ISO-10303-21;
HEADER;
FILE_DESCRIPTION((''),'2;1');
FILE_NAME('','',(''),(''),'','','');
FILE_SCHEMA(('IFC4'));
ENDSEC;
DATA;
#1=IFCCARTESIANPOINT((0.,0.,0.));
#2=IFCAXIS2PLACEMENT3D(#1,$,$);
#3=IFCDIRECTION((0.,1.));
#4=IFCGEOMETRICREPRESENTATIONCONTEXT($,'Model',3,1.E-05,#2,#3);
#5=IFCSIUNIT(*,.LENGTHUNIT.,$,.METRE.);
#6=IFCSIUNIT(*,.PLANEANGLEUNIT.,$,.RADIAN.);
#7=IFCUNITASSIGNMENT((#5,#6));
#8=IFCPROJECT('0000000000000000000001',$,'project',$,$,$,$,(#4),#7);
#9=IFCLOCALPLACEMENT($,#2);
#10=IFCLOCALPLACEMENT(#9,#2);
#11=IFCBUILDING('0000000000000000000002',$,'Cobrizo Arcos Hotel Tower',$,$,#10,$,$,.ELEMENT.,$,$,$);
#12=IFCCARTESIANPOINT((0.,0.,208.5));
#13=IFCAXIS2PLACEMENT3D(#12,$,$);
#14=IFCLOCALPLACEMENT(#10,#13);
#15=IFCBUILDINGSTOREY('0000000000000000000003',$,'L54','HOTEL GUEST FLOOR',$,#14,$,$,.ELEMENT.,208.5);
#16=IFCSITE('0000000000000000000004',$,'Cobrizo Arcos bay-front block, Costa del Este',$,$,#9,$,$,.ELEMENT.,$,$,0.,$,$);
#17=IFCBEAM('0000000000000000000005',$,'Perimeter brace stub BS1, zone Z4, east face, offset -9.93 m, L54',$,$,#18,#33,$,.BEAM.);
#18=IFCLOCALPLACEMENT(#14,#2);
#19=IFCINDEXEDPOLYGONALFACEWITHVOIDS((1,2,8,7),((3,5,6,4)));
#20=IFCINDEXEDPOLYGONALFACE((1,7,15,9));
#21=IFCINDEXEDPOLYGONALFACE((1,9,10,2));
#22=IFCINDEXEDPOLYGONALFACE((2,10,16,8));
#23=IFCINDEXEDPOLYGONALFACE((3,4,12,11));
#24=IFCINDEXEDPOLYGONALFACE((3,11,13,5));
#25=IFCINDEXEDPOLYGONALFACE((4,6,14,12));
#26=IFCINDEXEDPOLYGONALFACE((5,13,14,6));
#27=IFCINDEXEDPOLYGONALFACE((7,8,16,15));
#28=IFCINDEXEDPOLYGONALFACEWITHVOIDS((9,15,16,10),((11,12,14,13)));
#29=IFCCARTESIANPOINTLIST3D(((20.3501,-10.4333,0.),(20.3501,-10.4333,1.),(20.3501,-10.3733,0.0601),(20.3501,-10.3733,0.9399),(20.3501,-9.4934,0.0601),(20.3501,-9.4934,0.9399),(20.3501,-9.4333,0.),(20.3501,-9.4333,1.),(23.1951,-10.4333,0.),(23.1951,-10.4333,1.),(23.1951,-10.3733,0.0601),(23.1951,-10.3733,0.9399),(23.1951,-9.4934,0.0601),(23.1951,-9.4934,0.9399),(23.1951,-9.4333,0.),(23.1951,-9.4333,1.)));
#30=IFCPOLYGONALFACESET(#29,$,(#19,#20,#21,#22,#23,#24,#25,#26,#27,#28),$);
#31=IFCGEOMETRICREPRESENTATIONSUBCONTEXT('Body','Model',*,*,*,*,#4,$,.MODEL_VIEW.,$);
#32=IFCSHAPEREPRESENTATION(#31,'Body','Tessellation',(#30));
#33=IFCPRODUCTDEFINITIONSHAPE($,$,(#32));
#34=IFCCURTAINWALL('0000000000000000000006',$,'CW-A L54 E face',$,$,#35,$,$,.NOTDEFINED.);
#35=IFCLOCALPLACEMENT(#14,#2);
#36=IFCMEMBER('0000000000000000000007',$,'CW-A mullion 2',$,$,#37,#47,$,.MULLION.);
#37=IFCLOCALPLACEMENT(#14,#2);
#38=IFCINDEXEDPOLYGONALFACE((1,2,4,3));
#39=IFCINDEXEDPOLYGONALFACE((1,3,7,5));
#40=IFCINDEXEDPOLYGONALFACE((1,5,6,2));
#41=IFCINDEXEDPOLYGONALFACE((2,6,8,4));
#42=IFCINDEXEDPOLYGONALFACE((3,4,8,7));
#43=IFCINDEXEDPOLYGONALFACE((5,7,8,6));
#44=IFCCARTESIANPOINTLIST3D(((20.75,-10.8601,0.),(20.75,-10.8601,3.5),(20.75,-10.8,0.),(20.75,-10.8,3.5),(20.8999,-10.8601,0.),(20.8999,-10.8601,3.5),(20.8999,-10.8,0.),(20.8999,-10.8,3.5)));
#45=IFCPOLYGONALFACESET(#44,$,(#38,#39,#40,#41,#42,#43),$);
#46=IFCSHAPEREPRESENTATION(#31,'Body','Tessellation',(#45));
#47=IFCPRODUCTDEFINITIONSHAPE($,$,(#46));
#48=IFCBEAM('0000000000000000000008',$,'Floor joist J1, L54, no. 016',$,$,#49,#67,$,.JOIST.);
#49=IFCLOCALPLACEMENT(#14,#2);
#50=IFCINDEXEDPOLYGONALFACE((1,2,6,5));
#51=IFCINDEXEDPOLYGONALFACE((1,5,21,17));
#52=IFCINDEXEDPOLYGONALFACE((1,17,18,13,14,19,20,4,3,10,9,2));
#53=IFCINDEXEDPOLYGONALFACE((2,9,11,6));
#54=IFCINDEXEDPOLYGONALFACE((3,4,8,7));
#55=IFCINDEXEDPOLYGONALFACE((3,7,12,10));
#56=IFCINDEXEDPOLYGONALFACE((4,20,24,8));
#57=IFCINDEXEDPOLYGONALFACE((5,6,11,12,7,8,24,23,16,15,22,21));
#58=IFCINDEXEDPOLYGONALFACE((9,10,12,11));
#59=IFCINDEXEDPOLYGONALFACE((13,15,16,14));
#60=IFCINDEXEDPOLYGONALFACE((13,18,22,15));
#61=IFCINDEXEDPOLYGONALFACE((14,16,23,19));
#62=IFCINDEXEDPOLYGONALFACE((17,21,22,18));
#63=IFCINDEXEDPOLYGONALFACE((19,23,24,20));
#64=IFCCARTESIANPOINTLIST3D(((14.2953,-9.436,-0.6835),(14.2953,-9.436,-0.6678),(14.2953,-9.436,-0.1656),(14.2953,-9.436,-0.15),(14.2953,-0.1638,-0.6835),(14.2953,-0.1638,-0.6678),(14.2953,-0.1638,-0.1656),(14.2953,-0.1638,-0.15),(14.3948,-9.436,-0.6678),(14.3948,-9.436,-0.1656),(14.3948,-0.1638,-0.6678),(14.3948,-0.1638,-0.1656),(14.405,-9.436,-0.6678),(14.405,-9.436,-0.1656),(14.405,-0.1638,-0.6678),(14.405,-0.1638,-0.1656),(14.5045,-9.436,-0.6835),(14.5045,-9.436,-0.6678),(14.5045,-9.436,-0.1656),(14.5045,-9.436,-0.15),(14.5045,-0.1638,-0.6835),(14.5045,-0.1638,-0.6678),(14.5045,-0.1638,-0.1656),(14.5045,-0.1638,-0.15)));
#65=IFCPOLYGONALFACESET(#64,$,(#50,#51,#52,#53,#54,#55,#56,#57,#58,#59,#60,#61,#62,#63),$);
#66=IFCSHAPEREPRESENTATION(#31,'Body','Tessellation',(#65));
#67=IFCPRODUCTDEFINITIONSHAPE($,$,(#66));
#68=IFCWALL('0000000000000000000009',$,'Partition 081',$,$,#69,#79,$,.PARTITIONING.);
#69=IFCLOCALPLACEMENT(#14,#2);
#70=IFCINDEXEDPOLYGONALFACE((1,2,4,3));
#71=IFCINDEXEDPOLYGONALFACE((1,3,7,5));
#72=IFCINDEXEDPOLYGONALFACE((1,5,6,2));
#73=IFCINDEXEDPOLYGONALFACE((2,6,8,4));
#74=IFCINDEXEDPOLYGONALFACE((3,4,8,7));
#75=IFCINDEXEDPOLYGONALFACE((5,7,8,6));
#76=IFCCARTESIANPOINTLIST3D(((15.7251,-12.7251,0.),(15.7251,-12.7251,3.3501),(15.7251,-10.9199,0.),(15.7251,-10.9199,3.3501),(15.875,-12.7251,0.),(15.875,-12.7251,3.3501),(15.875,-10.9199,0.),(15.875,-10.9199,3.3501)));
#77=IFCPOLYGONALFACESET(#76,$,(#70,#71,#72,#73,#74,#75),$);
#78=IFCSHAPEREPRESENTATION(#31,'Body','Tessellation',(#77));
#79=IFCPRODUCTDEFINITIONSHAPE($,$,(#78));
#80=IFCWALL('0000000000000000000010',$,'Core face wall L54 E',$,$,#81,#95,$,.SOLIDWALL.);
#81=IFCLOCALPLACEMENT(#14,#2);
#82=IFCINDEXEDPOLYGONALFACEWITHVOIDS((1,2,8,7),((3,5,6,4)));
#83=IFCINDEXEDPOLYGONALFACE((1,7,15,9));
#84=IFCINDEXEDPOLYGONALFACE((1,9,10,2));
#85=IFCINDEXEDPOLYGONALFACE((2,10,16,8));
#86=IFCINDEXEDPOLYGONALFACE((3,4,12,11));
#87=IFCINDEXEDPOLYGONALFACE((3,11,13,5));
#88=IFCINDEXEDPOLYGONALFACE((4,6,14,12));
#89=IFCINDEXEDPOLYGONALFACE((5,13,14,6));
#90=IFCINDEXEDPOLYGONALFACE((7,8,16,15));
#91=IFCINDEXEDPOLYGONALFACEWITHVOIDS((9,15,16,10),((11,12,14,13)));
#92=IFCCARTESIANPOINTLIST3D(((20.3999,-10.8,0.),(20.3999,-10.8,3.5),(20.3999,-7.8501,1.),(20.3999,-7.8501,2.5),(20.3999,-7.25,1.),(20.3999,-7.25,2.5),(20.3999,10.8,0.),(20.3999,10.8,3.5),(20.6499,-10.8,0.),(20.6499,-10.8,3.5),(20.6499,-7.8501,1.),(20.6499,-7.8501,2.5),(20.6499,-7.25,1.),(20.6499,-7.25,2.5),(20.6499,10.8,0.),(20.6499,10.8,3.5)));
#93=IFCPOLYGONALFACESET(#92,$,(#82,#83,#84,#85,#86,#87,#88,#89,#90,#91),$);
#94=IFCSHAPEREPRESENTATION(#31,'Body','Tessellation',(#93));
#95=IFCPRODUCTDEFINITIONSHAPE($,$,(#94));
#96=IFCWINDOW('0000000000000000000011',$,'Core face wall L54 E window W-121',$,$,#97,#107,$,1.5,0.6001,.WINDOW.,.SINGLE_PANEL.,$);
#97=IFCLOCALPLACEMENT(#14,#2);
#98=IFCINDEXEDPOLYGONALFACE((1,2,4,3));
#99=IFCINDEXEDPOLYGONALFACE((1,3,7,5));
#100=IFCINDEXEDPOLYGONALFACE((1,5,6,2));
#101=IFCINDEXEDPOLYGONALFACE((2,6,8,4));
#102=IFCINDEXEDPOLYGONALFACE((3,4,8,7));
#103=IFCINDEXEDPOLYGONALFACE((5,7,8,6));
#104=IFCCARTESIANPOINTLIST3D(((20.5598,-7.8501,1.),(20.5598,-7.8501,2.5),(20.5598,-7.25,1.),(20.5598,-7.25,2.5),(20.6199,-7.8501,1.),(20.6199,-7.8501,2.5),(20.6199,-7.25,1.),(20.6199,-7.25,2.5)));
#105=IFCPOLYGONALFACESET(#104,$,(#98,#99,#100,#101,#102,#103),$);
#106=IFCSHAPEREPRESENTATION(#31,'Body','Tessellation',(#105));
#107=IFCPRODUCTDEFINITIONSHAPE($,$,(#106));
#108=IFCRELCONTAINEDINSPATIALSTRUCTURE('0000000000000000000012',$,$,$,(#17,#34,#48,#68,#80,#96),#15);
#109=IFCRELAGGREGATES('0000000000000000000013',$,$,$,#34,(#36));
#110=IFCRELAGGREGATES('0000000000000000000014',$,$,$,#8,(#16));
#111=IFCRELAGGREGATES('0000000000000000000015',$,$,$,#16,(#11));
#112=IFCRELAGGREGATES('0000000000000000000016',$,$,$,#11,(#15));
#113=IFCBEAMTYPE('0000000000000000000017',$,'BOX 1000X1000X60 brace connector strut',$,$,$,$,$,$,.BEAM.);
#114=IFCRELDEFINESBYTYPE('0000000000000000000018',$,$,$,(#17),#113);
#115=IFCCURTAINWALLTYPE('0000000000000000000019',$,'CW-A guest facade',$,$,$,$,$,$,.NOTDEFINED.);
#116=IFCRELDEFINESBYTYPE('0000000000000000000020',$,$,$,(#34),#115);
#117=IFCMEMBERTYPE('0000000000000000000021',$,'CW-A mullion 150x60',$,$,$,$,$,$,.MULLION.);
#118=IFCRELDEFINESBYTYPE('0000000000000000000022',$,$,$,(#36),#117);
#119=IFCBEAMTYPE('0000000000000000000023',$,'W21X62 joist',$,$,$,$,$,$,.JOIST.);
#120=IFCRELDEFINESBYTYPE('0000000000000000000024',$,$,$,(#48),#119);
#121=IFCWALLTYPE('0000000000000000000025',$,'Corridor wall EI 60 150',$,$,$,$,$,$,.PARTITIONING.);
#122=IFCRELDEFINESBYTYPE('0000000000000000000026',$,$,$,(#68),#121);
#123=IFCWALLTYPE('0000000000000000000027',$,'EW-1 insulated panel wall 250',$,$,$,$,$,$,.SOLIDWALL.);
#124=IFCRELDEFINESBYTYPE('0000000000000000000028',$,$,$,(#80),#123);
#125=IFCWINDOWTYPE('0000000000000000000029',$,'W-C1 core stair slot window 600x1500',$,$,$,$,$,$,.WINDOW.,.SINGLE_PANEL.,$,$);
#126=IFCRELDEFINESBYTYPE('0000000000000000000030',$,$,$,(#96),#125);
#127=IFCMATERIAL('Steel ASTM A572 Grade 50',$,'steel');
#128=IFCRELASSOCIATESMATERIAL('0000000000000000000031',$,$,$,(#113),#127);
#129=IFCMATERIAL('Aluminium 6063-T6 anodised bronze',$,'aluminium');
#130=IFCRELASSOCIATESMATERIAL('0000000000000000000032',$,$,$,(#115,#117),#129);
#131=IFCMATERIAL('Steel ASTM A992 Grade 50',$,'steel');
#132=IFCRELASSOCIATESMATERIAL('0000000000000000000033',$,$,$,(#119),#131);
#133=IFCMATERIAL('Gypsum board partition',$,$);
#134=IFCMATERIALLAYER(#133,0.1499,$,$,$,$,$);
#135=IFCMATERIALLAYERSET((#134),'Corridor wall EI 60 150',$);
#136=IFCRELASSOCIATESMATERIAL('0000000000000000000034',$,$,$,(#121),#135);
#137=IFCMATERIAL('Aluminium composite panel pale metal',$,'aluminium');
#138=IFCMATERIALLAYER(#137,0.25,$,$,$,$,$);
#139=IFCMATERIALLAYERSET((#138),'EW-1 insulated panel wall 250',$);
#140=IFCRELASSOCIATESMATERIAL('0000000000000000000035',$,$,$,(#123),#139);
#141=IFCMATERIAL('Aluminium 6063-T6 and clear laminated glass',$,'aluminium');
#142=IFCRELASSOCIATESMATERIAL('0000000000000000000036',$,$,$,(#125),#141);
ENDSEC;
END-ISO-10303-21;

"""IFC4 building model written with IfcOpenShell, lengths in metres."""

from ifc_helpers import new_model, si_unit, direction, frame, frame_2d, origin, origin_2d, place, context, subcontext, project, spatial, rectangle, hollow_rectangle, i_section, extrude, material, layer, layer_set, material_profile, profile_set, type_object, element, fill, aggregate, save


model = new_model("IFC4")

# Units and contexts
model_context = context("Model", 3, precision=1e-05, world=origin(), true_north=direction((0.0, 1.0)))
body_context = subcontext(model_context, "Body", "Model", "MODEL_VIEW")
ifc_project = project(units=[si_unit("LENGTHUNIT", "METRE"), si_unit("PLANEANGLEUNIT", "RADIAN")], contexts=[model_context])

# Site, building, storey
site_placement = place(None, origin())
site = spatial("IfcSite", under=ifc_project, at=site_placement, Name="Cobrizo Arcos bay-front block, Costa del Este", CompositionType="ELEMENT", RefElevation=0.0)
building_placement = place(site_placement, origin())
building = spatial("IfcBuilding", under=site, at=building_placement, Name="Cobrizo Arcos Hotel Tower", CompositionType="ELEMENT")
storey_placement = place(building_placement, frame((0.0, 0.0, 208.5)))
storey = spatial("IfcBuildingStorey", under=building, at=storey_placement, Name="L54", Description="HOTEL GUEST FLOOR", CompositionType="ELEMENT", Elevation=208.5)

# Beam
ifc_material_1 = material(Name="Steel ASTM A572 Grade 50", Category="steel")
ifc_material_profile_1 = material_profile(ifc_material_1, hollow_rectangle(XDim=1.0, YDim=1.0, WallThickness=0.0601, at=origin_2d()), Name="BOX 1000X1000X60")
ifc_profile_set_1 = profile_set([ifc_material_profile_1], Name="Steel ASTM A572 Grade 50")
beam_type_1 = type_object("IfcBeamType", Name="BOX 1000X1000X60 brace connector strut", PredefinedType="BEAM", material=ifc_profile_set_1)
beam_1_placement = place(storey_placement, frame((20.3501, -9.9333, 0.5), z_axis=(1.0, 0.0, 0.0), x_axis=(0.0, 1.0, 0.0)))
element("IfcBeam", 1, at=beam_1_placement, inside=storey, type_object=beam_type_1, Name="Perimeter brace stub BS1, zone Z4, east face, offset -9.93 m, L54", PredefinedType="BEAM", context=body_context, shape_type="SweptSolid", body=[
    extrude(hollow_rectangle(XDim=1.0, YDim=1.0, WallThickness=0.0601, at=origin_2d()), origin(), (0.0, 0.0, 1.0), 2.845),
])

# Curtain wall, member
ifc_material_2 = material(Name="Aluminium 6063-T6 anodised bronze", Category="aluminium")
curtain_wall_type = type_object("IfcCurtainWallType", Name="CW-A guest facade", PredefinedType="NOTDEFINED", material=ifc_material_2)
curtain_wall_placement = place(storey_placement, origin())
curtain_wall = element("IfcCurtainWall", 2, at=curtain_wall_placement, inside=storey, type_object=curtain_wall_type, Name="CW-A L54 E face", PredefinedType="NOTDEFINED")
ifc_material_profile_2 = material_profile(ifc_material_2, rectangle(XDim=0.1499, YDim=0.0601, at=origin_2d()), Name="CW-A mullion 150x60")
ifc_profile_set_2 = profile_set([ifc_material_profile_2], Name="Aluminium 6063-T6 anodised bronze")
member_type = type_object("IfcMemberType", Name="CW-A mullion 150x60", PredefinedType="MULLION", material=ifc_profile_set_2)
member_placement = place(storey_placement, frame((20.825, -10.8301, 0.0), z_axis=(0.0, 0.0, 1.0), x_axis=(1.0, 0.0, 0.0)))
member = element("IfcMember", 3, at=member_placement, type_object=member_type, Name="CW-A mullion 2", PredefinedType="MULLION", context=body_context, shape_type="SweptSolid", body=[
    extrude(rectangle(XDim=0.1499, YDim=0.0601, at=origin_2d()), origin(), (0.0, 0.0, 1.0), 3.5),
])
aggregate(curtain_wall, [member])

# Beam
ifc_material_3 = material(Name="Steel ASTM A992 Grade 50", Category="steel")
ifc_material_profile_3 = material_profile(ifc_material_3, i_section(OverallWidth=0.2092, OverallDepth=0.5334, WebThickness=0.0103, FlangeThickness=0.0156, at=origin_2d()), Name="W21X62")
ifc_profile_set_3 = profile_set([ifc_material_profile_3], Name="Steel ASTM A992 Grade 50")
beam_type_2 = type_object("IfcBeamType", Name="W21X62 joist", PredefinedType="JOIST", material=ifc_profile_set_3)
beam_2_placement = place(storey_placement, frame((14.3999, -9.436, -0.4167), z_axis=(0.0, 1.0, 0.0), x_axis=(-1.0, 0.0, 0.0)))
element("IfcBeam", 4, at=beam_2_placement, inside=storey, type_object=beam_type_2, Name="Floor joist J1, L54, no. 016", PredefinedType="JOIST", context=body_context, shape_type="SweptSolid", body=[
    extrude(i_section(OverallWidth=0.2092, OverallDepth=0.5334, WebThickness=0.0103, FlangeThickness=0.0156, at=origin_2d()), origin(), (0.0, 0.0, 1.0), 9.2722),
])

# Wall
ifc_material_4 = material(Name="Gypsum board partition")
ifc_layer_1 = layer(ifc_material_4, 0.1499)
ifc_layer_set_1 = layer_set([ifc_layer_1], Name="Corridor wall EI 60 150")
wall_type_1 = type_object("IfcWallType", Name="Corridor wall EI 60 150", PredefinedType="PARTITIONING", material=ifc_layer_set_1)
wall_1_placement = place(storey_placement, frame((15.8, -12.7251, 0.0), z_axis=(0.0, 0.0, 1.0), x_axis=(0.0, 1.0, 0.0)))
element("IfcWall", 5, at=wall_1_placement, inside=storey, type_object=wall_type_1, Name="Partition 081", PredefinedType="PARTITIONING", context=body_context, shape_type="SweptSolid", body=[
    extrude(rectangle(XDim=1.8052, YDim=0.1499, at=frame_2d((0.9026, 0.0))), origin(), (0.0, 0.0, 1.0), 3.3501),
])

# Wall, opening, window
ifc_material_5 = material(Name="Aluminium composite panel pale metal", Category="aluminium")
ifc_layer_2 = layer(ifc_material_5, 0.25)
ifc_layer_set_2 = layer_set([ifc_layer_2], Name="EW-1 insulated panel wall 250")
wall_type_2 = type_object("IfcWallType", Name="EW-1 insulated panel wall 250", PredefinedType="SOLIDWALL", material=ifc_layer_set_2)
wall_2_placement = place(storey_placement, frame((20.5249, -10.8, 0.0), z_axis=(0.0, 0.0, 1.0), x_axis=(0.0, 1.0, 0.0)))
wall_2 = element("IfcWall", 6, at=wall_2_placement, inside=storey, type_object=wall_type_2, Name="Core face wall L54 E", PredefinedType="SOLIDWALL", context=body_context, shape_type="SweptSolid", body=[
    extrude(rectangle(XDim=21.6001, YDim=0.25, at=frame_2d((10.8, 0.0))), origin(), (0.0, 0.0, 1.0), 3.5),
])
opening_1_placement = place(wall_2_placement, frame((2.95, 0.0, 1.0)))
opening_1 = element("IfcOpeningElement", 7, at=opening_1_placement, cuts=wall_2, PredefinedType="OPENING", context=body_context, shape_type="SweptSolid", body=[
    extrude(rectangle(XDim=0.6001, YDim=1.5, at=frame_2d((0.3, 0.75))), frame((0.0, 0.137, 0.0), z_axis=(0.0, -1.0, 0.0), x_axis=(1.0, 0.0, 0.0)), (0.0, 0.0, 1.0), 0.2739),
])
ifc_material_6 = material(Name="Aluminium 6063-T6 and clear laminated glass", Category="aluminium")
window_type = type_object("IfcWindowType", Name="W-C1 core stair slot window 600x1500", PartitioningType="SINGLE_PANEL", PredefinedType="WINDOW", material=ifc_material_6)
window_placement = place(opening_1_placement, origin())
window = element("IfcWindow", 8, at=window_placement, inside=storey, type_object=window_type, Name="Core face wall L54 E window W-121", OverallHeight=1.5, OverallWidth=0.6001, PartitioningType="SINGLE_PANEL", PredefinedType="WINDOW", context=body_context, shape_type="SweptSolid", body=[
    extrude(rectangle(XDim=0.6001, YDim=1.5, at=frame_2d((0.3, 0.75))), frame((0.0, -0.0349, 0.0), z_axis=(0.0, -1.0, 0.0), x_axis=(1.0, 0.0, 0.0)), (0.0, 0.0, 1.0), 0.0601),
])
fill(opening_1, window)

save(model, "model.ifc")
